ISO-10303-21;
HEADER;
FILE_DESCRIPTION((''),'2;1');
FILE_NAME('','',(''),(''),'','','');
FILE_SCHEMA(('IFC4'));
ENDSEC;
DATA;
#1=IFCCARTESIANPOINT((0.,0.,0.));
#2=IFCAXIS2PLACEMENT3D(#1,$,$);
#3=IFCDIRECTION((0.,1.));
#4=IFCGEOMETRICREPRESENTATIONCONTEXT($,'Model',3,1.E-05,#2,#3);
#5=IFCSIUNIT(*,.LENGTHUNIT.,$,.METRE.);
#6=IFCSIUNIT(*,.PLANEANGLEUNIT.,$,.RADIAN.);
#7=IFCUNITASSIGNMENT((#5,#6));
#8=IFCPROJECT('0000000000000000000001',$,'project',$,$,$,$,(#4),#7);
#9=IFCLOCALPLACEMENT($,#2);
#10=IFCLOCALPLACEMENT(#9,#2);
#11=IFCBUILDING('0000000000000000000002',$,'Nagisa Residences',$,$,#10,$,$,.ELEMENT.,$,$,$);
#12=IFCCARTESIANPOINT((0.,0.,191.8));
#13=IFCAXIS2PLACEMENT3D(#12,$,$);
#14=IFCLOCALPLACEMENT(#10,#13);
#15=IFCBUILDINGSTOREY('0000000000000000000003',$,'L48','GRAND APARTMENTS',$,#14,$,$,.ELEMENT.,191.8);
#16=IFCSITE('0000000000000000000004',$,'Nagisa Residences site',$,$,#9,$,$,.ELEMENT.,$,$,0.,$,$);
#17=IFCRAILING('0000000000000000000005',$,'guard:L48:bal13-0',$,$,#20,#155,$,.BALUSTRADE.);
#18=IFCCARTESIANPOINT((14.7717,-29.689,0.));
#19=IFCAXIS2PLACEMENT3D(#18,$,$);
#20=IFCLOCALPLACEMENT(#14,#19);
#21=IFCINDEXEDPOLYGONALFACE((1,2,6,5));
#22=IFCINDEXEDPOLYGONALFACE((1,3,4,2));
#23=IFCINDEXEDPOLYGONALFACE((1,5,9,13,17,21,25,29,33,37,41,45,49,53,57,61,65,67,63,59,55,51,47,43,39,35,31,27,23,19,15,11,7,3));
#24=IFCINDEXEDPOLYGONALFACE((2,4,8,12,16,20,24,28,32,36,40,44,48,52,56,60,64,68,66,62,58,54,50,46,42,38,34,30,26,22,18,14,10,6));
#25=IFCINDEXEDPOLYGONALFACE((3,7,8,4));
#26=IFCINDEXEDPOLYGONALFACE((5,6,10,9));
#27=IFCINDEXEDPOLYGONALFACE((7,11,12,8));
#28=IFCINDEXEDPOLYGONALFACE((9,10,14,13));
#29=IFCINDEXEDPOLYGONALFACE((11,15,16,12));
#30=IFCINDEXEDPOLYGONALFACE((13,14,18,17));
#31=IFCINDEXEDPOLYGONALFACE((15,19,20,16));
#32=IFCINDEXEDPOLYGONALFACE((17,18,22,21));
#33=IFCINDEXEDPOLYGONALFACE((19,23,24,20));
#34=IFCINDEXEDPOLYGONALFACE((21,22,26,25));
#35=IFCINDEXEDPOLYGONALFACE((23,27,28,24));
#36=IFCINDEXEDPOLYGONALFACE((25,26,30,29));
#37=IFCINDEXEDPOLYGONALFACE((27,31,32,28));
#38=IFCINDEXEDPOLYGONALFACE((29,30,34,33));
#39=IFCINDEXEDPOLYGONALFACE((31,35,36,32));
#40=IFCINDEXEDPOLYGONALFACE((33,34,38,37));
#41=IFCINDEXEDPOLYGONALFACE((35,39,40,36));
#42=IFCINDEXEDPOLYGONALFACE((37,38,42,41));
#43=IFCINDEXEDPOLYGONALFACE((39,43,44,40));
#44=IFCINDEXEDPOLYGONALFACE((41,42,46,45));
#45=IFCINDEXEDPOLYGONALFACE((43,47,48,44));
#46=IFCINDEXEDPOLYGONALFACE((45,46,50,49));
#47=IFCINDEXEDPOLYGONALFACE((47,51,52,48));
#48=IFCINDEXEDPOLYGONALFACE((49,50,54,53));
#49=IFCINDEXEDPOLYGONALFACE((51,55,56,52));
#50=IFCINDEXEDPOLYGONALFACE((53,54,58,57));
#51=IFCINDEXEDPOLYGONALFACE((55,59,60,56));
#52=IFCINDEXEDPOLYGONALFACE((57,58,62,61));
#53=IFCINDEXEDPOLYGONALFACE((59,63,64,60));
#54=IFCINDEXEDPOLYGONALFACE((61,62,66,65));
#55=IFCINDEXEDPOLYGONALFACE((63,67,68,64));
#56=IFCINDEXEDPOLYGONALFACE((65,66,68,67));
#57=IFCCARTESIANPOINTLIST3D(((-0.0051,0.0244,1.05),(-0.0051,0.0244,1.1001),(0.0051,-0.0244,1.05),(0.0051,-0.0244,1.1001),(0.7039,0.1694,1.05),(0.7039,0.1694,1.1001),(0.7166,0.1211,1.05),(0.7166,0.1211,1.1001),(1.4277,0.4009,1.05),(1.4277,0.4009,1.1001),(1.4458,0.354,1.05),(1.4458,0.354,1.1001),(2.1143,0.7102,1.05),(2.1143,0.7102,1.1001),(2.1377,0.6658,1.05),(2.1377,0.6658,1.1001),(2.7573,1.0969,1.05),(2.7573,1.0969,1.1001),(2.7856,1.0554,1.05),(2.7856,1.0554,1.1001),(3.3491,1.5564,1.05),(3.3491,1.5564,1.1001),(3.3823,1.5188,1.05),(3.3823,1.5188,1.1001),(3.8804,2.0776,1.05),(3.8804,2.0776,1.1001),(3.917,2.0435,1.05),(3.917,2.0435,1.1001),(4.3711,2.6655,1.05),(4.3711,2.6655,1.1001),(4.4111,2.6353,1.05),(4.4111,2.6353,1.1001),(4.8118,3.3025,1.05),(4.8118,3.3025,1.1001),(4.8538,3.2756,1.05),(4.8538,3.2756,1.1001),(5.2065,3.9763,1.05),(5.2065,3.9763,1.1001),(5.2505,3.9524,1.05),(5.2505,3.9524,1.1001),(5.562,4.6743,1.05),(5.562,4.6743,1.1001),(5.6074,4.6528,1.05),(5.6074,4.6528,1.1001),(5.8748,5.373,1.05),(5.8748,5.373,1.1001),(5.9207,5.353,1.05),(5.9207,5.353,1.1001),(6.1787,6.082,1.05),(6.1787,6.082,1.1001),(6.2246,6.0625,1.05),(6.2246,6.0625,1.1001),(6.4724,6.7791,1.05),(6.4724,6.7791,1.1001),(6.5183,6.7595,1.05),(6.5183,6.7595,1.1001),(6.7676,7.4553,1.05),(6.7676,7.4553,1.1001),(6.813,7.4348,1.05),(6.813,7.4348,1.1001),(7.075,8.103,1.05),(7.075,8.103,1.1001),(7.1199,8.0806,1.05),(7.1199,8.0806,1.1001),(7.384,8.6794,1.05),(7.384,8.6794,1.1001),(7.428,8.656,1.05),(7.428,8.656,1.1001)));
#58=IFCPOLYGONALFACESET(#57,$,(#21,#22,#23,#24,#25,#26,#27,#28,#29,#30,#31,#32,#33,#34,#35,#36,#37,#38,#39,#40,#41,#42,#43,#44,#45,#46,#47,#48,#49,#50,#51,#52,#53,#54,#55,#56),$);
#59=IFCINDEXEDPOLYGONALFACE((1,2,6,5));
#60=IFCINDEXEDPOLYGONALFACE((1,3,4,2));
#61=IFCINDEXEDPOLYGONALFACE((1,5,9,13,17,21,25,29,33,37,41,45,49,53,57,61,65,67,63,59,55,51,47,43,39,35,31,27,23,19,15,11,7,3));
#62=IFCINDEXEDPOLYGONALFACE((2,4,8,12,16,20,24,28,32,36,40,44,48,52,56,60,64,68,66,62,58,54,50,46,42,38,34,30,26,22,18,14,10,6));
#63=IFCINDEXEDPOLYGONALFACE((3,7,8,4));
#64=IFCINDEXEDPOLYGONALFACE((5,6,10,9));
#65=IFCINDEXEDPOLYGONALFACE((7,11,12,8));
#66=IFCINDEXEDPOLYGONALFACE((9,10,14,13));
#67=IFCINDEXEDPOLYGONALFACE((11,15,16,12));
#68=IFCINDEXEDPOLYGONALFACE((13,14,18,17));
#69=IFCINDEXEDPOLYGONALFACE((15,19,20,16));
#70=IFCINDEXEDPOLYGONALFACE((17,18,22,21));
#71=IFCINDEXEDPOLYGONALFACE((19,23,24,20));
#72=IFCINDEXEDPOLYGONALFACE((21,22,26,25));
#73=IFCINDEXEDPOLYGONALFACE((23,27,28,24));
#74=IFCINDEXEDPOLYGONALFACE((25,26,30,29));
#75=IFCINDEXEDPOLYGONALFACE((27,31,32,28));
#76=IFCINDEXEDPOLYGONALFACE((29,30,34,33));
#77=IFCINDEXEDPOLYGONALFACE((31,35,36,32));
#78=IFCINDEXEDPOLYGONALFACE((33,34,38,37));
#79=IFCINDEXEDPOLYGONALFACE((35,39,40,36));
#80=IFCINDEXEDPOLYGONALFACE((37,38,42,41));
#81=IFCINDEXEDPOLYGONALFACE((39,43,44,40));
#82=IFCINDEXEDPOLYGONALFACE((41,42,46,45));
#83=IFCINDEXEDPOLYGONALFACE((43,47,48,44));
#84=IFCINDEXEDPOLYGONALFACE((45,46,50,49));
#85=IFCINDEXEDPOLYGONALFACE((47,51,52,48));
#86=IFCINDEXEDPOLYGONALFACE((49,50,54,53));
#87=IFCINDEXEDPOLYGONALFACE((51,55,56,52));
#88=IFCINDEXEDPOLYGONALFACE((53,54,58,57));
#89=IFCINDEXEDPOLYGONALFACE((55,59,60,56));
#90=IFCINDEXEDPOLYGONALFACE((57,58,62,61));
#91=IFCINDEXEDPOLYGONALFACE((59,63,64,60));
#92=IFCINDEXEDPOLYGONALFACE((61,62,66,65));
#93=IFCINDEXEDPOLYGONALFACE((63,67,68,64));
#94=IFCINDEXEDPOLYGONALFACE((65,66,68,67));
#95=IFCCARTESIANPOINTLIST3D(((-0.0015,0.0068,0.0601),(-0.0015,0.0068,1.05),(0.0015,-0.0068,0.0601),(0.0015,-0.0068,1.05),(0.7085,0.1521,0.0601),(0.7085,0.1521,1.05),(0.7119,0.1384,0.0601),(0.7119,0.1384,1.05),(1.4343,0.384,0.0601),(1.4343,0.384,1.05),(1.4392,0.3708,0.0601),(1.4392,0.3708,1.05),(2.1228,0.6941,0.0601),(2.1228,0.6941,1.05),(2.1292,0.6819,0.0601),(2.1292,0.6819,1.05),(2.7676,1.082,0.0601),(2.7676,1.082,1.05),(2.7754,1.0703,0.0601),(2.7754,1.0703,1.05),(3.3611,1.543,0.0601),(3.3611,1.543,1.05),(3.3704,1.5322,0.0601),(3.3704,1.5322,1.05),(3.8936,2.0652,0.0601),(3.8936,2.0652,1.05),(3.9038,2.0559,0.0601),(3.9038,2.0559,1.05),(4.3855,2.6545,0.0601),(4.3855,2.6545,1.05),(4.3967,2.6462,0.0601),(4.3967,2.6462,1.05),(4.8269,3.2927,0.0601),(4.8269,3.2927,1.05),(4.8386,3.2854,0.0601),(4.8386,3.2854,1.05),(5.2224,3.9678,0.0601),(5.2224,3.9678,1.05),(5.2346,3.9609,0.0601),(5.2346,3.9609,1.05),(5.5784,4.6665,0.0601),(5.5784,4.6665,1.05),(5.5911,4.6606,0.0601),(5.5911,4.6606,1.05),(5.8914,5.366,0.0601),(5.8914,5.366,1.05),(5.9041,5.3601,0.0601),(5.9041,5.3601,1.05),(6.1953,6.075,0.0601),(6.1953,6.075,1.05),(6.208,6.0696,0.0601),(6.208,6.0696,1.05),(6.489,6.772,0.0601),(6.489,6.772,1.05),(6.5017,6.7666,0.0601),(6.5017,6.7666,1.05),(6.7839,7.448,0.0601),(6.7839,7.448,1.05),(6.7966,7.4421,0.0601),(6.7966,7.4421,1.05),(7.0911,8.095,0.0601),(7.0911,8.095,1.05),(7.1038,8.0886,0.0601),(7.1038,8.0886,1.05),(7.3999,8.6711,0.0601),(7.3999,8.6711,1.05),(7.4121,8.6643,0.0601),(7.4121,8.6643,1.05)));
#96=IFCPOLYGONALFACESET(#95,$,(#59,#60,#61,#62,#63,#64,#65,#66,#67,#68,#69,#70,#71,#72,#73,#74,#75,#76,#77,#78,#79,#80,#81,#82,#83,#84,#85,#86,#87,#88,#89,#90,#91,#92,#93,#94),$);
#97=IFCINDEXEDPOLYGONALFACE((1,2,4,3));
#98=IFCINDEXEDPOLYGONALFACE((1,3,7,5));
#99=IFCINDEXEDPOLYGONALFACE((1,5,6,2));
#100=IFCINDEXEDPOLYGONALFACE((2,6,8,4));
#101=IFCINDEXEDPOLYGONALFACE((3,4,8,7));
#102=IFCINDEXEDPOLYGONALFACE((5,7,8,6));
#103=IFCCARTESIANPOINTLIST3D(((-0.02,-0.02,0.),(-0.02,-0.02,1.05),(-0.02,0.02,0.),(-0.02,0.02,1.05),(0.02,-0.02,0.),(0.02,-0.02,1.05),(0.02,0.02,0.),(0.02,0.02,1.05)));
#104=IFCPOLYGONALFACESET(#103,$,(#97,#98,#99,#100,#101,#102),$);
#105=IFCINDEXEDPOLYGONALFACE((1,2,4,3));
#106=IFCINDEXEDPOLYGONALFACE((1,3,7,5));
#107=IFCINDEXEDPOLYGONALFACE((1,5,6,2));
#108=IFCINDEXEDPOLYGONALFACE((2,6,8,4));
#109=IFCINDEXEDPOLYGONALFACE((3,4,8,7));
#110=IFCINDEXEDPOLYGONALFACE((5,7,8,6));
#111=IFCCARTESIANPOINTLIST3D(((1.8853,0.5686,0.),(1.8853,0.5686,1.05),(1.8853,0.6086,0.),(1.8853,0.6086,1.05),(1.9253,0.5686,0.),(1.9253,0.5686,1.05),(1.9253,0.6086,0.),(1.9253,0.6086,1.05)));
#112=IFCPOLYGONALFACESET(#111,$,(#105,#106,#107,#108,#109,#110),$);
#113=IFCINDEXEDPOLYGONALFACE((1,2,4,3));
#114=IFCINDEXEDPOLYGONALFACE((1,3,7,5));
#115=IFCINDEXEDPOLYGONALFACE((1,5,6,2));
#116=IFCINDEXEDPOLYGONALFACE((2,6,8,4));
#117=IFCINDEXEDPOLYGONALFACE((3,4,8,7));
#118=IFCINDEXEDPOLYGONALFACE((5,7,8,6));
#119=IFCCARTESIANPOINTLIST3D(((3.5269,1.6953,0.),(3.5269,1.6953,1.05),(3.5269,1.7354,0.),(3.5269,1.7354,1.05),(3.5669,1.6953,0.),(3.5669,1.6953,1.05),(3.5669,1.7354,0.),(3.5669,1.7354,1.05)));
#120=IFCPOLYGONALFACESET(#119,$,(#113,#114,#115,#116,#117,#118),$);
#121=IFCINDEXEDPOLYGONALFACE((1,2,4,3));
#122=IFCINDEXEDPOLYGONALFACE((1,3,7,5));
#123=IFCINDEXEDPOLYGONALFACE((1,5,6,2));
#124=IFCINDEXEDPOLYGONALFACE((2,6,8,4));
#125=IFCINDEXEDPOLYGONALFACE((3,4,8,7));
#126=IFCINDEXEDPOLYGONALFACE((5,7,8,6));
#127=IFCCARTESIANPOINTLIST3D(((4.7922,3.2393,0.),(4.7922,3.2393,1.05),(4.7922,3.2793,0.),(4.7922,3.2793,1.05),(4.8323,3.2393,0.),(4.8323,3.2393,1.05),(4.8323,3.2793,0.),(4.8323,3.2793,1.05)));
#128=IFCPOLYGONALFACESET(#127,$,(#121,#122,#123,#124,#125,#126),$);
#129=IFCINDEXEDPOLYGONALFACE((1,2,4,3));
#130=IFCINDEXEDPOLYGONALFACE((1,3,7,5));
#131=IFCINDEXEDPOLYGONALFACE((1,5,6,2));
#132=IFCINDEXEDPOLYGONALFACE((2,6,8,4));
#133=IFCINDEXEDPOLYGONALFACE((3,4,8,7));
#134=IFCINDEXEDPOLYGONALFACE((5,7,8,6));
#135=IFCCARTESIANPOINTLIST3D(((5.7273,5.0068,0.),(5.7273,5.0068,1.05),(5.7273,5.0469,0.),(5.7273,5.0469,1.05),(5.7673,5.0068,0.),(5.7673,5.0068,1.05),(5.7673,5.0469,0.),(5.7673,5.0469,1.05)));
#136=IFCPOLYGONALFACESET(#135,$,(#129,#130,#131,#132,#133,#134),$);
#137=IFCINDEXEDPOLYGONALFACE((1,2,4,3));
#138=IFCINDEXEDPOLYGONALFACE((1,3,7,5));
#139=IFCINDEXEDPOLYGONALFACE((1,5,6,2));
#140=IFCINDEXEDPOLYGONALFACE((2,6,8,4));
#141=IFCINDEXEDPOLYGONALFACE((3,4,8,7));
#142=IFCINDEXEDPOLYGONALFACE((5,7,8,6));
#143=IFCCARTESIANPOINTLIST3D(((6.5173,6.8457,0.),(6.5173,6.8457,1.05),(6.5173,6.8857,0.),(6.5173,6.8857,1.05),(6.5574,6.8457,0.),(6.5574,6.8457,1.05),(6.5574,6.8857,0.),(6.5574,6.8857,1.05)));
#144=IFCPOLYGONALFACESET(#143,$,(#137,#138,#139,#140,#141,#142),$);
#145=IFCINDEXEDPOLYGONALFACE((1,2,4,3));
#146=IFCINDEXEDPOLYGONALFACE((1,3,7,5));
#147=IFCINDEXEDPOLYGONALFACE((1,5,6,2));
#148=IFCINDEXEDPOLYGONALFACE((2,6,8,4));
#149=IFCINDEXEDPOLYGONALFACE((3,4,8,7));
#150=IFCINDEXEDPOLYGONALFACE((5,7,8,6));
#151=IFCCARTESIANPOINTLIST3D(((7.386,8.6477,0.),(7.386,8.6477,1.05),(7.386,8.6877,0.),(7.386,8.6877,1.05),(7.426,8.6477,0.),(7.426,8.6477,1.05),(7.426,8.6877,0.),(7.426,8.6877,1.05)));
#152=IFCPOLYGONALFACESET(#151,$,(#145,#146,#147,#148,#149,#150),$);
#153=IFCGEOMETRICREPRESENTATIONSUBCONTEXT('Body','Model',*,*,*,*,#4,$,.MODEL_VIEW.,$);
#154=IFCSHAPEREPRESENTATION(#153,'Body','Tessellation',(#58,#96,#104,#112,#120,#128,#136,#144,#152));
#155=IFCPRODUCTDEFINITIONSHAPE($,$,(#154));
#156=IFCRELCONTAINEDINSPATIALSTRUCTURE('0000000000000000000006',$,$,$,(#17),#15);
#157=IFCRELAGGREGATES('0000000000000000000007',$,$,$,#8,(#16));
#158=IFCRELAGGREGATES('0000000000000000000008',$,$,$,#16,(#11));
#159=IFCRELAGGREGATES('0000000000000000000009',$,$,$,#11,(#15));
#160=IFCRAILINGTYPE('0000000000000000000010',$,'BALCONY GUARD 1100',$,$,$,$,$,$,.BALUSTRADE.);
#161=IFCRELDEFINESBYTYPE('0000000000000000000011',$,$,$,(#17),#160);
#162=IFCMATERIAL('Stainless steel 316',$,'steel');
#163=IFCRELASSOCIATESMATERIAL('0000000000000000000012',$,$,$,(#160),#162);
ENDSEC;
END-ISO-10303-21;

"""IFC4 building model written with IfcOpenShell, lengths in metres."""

from ifc_helpers import new_model, si_unit, direction, frame, origin, origin_2d, place, context, subcontext, project, spatial, polyline, rectangle, outline, extrude, material, type_object, element, save


model = new_model("IFC4")

# Units and contexts
model_context = context("Model", 3, precision=1e-05, world=origin(), true_north=direction((0.0, 1.0)))
body_context = subcontext(model_context, "Body", "Model", "MODEL_VIEW")
ifc_project = project(units=[si_unit("LENGTHUNIT", "METRE"), si_unit("PLANEANGLEUNIT", "RADIAN")], contexts=[model_context])

# Site, building, storey
site_placement = place(None, origin())
site = spatial("IfcSite", under=ifc_project, at=site_placement, Name="Nagisa Residences site", CompositionType="ELEMENT", RefElevation=0.0)
building_placement = place(site_placement, origin())
building = spatial("IfcBuilding", under=site, at=building_placement, Name="Nagisa Residences", CompositionType="ELEMENT")
storey_placement = place(building_placement, frame((0.0, 0.0, 191.8)))
storey = spatial("IfcBuildingStorey", under=building, at=storey_placement, Name="L48", Description="GRAND APARTMENTS", CompositionType="ELEMENT", Elevation=191.8)

# Railing
ifc_material_1 = material(Name="Stainless steel 316", Category="steel")
railing_type = type_object("IfcRailingType", Name="BALCONY GUARD 1100", PredefinedType="BALUSTRADE", material=ifc_material_1)
railing_1_placement = place(storey_placement, frame((14.7717, -29.689, 0.0)))
element("IfcRailing", 1, at=railing_1_placement, inside=storey, type_object=railing_type, Name="guard:L48:bal13-0", PredefinedType="BALUSTRADE", context=body_context, shape_type="SweptSolid", body=[
    extrude(outline(polyline([(0.7039, 0.1694), (-0.0051, 0.0244), (0.0051, -0.0244), (0.7166, 0.1211), (1.4458, 0.354), (2.1377, 0.6658), (2.7856, 1.0554), (3.3823, 1.5188), (3.917, 2.0435), (4.4111, 2.6353), (4.8538, 3.2756), (5.2505, 3.9524), (5.6074, 4.6528), (5.9207, 5.353), (6.2246, 6.0625), (6.5183, 6.7595), (6.813, 7.4348), (7.1199, 8.0806), (7.428, 8.656), (7.384, 8.6794), (7.075, 8.103), (6.7676, 7.4553), (6.4724, 6.7791), (6.1787, 6.082), (5.8748, 5.373), (5.562, 4.6743), (5.2065, 3.9763), (4.8118, 3.3025), (4.3711, 2.6655), (3.8804, 2.0776), (3.3491, 1.5564), (2.7573, 1.0969), (2.1143, 0.7102), (1.4277, 0.4009), (0.7039, 0.1694)])), frame((0.0, 0.0, 1.05)), (0.0, 0.0, 1.0), 0.05),
    extrude(outline(polyline([(0.7085, 0.1521), (-0.0015, 0.0068), (0.0015, -0.0068), (0.7119, 0.1384), (1.4392, 0.3708), (2.1292, 0.6819), (2.7754, 1.0703), (3.3704, 1.5322), (3.9038, 2.0559), (4.3967, 2.6462), (4.8386, 3.2854), (5.2346, 3.9609), (5.5911, 4.6606), (5.9041, 5.3601), (6.208, 6.0696), (6.5017, 6.7666), (6.7966, 7.4421), (7.1038, 8.0886), (7.4121, 8.6643), (7.3999, 8.6711), (7.0911, 8.095), (6.7839, 7.448), (6.489, 6.772), (6.1953, 6.075), (5.8914, 5.366), (5.5784, 4.6665), (5.2224, 3.9678), (4.8269, 3.2927), (4.3855, 2.6545), (3.8936, 2.0652), (3.3611, 1.543), (2.7676, 1.082), (2.1228, 0.6941), (1.4343, 0.384), (0.7085, 0.1521)])), frame((0.0, 0.0, 0.0601)), (0.0, 0.0, 1.0), 0.99),
    extrude(rectangle(XDim=0.04, YDim=0.04, at=origin_2d()), origin(), (0.0, 0.0, 1.0), 1.05),
    extrude(rectangle(XDim=0.04, YDim=0.04, at=origin_2d()), frame((1.9053, 0.5886, 0.0)), (0.0, 0.0, 1.0), 1.05),
    extrude(rectangle(XDim=0.04, YDim=0.04, at=origin_2d()), frame((3.5469, 1.7153, 0.0)), (0.0, 0.0, 1.0), 1.05),
    extrude(rectangle(XDim=0.04, YDim=0.04, at=origin_2d()), frame((4.8123, 3.2593, 0.0)), (0.0, 0.0, 1.0), 1.05),
    extrude(rectangle(XDim=0.04, YDim=0.04, at=origin_2d()), frame((5.7473, 5.0269, 0.0)), (0.0, 0.0, 1.0), 1.05),
    extrude(rectangle(XDim=0.04, YDim=0.04, at=origin_2d()), frame((6.5374, 6.8657, 0.0)), (0.0, 0.0, 1.0), 1.05),
    extrude(rectangle(XDim=0.04, YDim=0.04, at=origin_2d()), frame((7.406, 8.6677, 0.0)), (0.0, 0.0, 1.0), 1.05),
])

save(model, "model.ifc")
